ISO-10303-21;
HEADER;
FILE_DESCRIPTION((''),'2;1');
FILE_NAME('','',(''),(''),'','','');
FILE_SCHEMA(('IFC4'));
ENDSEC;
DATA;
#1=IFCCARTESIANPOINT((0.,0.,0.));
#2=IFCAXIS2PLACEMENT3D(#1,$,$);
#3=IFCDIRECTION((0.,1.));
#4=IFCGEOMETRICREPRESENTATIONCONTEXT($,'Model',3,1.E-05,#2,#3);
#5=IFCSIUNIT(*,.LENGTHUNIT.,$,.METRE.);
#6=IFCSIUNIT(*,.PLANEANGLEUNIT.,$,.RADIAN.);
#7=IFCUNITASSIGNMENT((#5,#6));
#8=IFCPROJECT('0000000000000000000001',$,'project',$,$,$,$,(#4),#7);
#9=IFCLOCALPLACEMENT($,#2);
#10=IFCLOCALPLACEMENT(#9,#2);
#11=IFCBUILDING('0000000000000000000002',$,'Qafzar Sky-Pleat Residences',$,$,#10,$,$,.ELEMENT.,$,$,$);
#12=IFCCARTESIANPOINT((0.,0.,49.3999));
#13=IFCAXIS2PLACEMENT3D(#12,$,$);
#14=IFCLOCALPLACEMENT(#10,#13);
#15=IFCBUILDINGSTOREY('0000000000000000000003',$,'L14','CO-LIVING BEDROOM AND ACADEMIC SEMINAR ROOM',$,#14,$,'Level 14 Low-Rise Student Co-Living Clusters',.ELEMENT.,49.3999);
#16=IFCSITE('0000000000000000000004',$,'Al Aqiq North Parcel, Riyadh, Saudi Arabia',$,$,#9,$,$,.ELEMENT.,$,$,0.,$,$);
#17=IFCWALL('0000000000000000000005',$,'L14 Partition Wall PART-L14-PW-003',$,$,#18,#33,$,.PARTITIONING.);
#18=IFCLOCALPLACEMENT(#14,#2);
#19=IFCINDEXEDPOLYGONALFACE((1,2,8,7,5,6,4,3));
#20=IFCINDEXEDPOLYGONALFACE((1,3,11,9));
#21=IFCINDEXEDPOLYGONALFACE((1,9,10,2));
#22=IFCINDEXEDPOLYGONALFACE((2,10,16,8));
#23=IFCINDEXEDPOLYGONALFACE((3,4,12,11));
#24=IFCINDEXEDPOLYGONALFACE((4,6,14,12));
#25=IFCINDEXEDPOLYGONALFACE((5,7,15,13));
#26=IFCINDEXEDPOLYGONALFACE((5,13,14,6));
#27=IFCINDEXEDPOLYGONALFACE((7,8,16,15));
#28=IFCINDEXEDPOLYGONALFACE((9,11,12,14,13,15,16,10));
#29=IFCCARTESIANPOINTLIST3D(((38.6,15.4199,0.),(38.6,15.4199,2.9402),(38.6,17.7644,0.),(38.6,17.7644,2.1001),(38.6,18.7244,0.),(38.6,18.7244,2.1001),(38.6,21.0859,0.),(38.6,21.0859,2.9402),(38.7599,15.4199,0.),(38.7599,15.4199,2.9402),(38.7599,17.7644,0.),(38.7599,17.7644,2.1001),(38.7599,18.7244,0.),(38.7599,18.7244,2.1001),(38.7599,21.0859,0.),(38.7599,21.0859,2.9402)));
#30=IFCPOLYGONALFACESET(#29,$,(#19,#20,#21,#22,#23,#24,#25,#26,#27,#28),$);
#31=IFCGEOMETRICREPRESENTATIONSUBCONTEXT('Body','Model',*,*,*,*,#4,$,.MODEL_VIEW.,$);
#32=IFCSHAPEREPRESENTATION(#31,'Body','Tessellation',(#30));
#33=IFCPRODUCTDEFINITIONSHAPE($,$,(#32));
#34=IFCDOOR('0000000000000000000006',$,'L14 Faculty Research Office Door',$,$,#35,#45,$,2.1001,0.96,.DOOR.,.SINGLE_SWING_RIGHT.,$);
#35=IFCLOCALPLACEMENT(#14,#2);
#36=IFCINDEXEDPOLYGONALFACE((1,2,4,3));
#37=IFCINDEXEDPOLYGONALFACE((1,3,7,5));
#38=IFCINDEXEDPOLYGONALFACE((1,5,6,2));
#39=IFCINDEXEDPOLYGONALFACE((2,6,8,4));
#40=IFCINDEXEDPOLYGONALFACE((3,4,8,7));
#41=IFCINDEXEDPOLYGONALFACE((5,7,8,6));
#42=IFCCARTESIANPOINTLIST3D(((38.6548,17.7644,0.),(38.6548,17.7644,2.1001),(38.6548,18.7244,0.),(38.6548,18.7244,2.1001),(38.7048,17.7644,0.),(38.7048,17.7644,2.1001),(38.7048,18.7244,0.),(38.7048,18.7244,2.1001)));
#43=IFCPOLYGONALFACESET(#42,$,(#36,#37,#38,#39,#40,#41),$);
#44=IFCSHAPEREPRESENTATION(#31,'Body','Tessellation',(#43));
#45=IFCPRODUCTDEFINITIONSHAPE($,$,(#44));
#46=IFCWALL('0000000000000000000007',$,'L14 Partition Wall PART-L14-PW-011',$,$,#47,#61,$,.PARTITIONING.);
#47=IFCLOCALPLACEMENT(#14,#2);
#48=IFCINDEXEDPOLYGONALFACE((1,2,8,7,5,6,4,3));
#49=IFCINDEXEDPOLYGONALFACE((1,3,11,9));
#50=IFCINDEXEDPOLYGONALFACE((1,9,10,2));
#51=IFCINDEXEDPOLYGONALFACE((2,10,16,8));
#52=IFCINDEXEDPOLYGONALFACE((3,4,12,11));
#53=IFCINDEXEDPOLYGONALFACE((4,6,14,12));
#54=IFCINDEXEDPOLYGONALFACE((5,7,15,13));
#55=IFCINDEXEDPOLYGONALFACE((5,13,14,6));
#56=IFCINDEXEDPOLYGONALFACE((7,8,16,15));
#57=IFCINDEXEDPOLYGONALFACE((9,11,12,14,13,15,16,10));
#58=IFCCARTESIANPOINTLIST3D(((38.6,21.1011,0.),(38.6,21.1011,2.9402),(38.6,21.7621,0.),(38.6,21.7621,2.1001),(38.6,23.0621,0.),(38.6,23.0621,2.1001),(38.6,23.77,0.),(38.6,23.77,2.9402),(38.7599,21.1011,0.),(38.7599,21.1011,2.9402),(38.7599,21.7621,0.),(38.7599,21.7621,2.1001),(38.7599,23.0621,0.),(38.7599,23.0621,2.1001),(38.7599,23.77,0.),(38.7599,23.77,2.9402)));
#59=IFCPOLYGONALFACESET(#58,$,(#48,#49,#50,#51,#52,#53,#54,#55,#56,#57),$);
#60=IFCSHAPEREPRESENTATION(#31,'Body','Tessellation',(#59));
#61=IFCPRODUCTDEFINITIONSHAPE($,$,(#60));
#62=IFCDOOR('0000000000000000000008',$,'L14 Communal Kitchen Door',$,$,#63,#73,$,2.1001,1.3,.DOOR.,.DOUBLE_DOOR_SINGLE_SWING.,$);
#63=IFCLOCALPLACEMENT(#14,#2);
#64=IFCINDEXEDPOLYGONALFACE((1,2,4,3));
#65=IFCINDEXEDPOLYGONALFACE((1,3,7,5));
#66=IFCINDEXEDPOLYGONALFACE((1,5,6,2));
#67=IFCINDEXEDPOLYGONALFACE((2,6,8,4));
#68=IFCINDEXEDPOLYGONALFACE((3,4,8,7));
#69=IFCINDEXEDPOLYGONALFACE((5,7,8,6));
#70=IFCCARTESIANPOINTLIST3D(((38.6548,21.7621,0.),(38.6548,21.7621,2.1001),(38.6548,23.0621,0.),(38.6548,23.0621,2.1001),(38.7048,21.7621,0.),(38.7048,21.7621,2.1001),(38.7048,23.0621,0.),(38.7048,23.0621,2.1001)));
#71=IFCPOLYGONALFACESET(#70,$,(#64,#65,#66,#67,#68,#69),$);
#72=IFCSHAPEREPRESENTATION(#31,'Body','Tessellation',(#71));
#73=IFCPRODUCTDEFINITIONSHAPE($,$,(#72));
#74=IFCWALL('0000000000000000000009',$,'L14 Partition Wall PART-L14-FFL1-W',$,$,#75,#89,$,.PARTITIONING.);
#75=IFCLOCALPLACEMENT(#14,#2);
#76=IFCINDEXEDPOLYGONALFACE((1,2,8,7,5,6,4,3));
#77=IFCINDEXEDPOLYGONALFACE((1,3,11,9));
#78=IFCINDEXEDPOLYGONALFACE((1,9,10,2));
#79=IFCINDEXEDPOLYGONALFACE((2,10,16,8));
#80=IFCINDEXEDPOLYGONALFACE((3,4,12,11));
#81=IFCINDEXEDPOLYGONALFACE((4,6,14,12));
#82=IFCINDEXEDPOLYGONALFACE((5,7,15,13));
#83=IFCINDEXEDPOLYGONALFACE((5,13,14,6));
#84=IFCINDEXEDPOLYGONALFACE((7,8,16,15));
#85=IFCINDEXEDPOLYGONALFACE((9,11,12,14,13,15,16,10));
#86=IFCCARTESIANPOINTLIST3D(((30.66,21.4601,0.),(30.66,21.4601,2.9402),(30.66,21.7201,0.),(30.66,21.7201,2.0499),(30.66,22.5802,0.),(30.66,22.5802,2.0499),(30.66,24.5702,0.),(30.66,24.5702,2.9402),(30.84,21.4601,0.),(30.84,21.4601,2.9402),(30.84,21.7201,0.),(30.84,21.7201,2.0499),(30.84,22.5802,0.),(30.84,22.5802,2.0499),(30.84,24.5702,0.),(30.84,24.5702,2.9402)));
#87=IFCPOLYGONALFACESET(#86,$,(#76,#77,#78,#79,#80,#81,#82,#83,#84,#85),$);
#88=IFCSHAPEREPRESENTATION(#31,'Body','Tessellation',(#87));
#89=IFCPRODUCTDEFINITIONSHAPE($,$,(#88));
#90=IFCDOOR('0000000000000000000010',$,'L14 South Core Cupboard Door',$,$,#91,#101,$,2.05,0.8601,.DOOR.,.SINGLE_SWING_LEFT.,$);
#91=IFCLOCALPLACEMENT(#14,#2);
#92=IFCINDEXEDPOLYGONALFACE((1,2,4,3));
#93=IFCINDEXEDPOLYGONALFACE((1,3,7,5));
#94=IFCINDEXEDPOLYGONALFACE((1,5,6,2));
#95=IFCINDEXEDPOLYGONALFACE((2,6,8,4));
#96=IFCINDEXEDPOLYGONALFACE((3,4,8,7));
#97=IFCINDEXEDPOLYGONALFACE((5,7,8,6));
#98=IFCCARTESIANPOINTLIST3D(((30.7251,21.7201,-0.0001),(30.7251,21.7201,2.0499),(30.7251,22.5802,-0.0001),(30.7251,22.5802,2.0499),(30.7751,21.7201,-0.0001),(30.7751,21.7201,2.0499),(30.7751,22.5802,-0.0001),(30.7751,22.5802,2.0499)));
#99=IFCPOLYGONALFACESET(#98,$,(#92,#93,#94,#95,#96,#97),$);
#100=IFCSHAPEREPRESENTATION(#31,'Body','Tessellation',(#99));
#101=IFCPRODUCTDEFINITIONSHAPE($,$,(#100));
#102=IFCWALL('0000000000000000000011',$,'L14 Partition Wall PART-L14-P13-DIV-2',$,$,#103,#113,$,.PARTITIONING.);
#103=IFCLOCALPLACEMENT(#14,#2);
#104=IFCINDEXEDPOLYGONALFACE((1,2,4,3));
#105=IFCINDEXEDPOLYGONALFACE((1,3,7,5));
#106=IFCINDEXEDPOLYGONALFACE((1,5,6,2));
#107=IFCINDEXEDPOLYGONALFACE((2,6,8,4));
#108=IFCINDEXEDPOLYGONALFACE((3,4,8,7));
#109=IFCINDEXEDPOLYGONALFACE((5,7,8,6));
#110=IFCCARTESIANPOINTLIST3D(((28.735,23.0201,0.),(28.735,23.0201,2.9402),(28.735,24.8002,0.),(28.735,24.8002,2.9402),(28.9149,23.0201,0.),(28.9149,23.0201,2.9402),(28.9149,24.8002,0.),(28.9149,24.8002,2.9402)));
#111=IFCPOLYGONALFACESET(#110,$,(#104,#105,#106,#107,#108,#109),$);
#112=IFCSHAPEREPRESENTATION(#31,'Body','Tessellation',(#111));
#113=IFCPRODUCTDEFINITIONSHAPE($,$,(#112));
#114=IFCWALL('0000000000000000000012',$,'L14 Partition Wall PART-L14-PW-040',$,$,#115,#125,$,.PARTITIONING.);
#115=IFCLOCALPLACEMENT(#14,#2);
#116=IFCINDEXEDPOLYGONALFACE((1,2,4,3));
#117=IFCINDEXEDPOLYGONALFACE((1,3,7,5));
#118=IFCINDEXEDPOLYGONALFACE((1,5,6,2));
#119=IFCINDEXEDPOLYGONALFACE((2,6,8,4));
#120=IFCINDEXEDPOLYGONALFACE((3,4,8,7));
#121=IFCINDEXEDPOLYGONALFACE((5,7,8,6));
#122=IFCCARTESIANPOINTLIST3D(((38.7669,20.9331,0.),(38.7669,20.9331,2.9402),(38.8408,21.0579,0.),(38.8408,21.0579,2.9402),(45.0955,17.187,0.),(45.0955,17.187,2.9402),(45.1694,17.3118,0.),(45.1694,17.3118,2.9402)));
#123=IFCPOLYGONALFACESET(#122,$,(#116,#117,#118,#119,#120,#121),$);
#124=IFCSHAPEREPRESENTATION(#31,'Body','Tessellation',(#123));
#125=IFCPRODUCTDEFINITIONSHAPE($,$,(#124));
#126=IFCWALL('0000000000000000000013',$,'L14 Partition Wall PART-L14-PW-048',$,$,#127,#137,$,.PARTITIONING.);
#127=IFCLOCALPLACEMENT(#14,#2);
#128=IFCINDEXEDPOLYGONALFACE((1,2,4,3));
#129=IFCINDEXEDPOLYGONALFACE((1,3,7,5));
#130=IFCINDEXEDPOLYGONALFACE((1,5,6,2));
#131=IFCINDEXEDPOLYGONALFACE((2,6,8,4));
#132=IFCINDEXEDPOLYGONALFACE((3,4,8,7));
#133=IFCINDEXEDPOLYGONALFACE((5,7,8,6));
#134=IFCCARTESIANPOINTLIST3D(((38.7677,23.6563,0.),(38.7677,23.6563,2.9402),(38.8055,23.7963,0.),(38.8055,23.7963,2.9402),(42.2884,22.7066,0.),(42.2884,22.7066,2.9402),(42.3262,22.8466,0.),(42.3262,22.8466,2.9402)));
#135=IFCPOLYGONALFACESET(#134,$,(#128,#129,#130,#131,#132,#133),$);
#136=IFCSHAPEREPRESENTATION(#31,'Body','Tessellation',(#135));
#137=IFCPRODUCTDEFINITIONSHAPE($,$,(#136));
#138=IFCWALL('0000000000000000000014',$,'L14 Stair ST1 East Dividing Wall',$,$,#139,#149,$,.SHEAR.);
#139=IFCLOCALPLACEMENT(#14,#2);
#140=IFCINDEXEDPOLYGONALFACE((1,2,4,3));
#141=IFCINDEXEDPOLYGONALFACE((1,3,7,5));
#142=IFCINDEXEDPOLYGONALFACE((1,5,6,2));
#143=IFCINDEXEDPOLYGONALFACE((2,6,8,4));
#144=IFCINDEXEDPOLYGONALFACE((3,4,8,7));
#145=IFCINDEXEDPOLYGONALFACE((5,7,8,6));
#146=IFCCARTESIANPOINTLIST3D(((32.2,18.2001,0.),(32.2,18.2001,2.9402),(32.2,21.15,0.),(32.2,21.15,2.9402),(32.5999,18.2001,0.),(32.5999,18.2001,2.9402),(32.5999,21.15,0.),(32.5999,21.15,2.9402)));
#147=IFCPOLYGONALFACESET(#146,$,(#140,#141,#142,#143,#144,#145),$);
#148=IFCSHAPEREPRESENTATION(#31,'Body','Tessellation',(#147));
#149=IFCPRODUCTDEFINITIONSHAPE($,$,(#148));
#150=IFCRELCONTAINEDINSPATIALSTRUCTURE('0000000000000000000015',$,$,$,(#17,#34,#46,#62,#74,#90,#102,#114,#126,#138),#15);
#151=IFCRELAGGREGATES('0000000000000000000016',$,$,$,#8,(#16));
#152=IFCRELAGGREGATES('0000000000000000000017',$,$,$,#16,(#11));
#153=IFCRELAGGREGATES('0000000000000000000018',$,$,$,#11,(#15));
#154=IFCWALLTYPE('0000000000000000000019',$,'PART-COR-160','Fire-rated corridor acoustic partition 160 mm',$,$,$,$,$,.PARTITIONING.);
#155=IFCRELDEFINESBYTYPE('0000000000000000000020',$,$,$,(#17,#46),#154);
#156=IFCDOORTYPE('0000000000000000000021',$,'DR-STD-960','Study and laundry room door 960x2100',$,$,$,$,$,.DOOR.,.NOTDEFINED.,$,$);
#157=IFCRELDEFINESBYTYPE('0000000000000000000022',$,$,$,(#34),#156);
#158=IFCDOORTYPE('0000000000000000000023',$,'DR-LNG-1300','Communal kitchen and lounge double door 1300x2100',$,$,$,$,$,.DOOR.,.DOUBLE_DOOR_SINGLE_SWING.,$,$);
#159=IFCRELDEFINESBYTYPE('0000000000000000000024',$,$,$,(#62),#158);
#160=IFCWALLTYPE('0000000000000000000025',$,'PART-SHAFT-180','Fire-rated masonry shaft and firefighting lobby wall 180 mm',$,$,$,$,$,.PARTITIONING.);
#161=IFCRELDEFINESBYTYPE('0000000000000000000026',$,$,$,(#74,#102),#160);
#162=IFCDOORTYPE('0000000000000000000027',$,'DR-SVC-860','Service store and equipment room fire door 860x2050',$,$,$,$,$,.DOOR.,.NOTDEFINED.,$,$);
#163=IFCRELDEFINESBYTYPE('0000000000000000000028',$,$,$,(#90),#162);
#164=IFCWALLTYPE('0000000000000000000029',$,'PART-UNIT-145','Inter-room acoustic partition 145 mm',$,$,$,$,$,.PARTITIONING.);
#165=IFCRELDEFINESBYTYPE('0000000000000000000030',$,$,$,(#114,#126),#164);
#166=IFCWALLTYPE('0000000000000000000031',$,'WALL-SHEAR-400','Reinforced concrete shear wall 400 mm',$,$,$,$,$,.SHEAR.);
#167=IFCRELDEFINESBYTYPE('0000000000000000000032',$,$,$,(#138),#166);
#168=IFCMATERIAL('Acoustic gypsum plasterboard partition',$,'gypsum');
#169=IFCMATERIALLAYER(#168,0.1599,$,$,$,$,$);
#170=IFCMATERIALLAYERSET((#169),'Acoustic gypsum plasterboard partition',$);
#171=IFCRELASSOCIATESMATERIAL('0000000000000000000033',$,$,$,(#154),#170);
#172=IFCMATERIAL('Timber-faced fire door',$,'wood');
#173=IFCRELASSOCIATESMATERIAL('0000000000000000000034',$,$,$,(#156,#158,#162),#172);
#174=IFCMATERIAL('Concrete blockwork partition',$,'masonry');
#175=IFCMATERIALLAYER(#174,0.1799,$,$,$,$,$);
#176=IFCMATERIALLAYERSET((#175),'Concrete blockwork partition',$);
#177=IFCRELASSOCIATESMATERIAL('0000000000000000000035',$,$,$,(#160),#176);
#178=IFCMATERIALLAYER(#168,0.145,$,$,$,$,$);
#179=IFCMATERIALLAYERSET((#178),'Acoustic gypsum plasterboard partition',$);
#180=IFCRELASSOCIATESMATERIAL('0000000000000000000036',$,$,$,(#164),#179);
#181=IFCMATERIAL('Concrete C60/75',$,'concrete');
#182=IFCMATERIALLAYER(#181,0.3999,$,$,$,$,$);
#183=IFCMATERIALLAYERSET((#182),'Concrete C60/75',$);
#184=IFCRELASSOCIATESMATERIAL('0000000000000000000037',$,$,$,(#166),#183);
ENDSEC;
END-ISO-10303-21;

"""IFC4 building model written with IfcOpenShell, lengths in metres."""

from ifc_helpers import new_model, si_unit, direction, frame, frame_2d, origin, place, context, subcontext, project, spatial, rectangle, extrude, source, transform, mapped, material, layer, layer_set, type_object, element, fill, save


model = new_model("IFC4")

# Units and contexts
model_context = context("Model", 3, precision=1e-05, world=origin(), true_north=direction((0.0, 1.0)))
body_context = subcontext(model_context, "Body", "Model", "MODEL_VIEW")
ifc_project = project(units=[si_unit("LENGTHUNIT", "METRE"), si_unit("PLANEANGLEUNIT", "RADIAN")], contexts=[model_context])

# Site, building, storey
site_placement = place(None, origin())
site = spatial("IfcSite", under=ifc_project, at=site_placement, Name="Al Aqiq North Parcel, Riyadh, Saudi Arabia", CompositionType="ELEMENT", RefElevation=0.0)
building_placement = place(site_placement, origin())
building = spatial("IfcBuilding", under=site, at=building_placement, Name="Qafzar Sky-Pleat Residences", CompositionType="ELEMENT")
storey_placement = place(building_placement, frame((0.0, 0.0, 49.3999)))
storey = spatial("IfcBuildingStorey", under=building, at=storey_placement, Name="L14", Description="CO-LIVING BEDROOM AND ACADEMIC SEMINAR ROOM", LongName="Level 14 Low-Rise Student Co-Living Clusters", CompositionType="ELEMENT", Elevation=49.3999)

# Walls, openings, doors
ifc_material_1 = material(Name="Acoustic gypsum plasterboard partition", Category="gypsum")
ifc_layer_1 = layer(ifc_material_1, 0.1599)
ifc_layer_set_1 = layer_set([ifc_layer_1], Name="Acoustic gypsum plasterboard partition")
wall_type_1 = type_object("IfcWallType", Name="PART-COR-160", Description="Fire-rated corridor acoustic partition 160 mm", PredefinedType="PARTITIONING", material=ifc_layer_set_1)
wall_1_placement = place(storey_placement, frame((38.6799, 21.0859, 0.0), z_axis=(0.0, 0.0, 1.0), x_axis=(0.0, -1.0, 0.0)))
wall_1 = element("IfcWall", 1, at=wall_1_placement, inside=storey, type_object=wall_type_1, Name="L14 Partition Wall PART-L14-PW-003", PredefinedType="PARTITIONING", context=body_context, shape_type="SweptSolid", body=[
    extrude(rectangle(XDim=5.666, YDim=0.1599, at=frame_2d((2.833, 0.0))), origin(), (0.0, 0.0, 1.0), 2.9402),
])
opening_1_placement = place(wall_1_placement, frame((2.3616, 0.0, 0.0)))
opening_1 = element("IfcOpeningElement", 2, at=opening_1_placement, cuts=wall_1, PredefinedType="OPENING", context=body_context, shape_type="SweptSolid", body=[
    extrude(rectangle(XDim=0.96, YDim=2.1001, at=frame_2d((0.48, 1.05))), frame((0.0, 0.0898, 0.0), z_axis=(0.0, -1.0, 0.0), x_axis=(1.0, 0.0, 0.0)), (0.0, 0.0, 1.0), 0.1799),
])
ifc_material_2 = material(Name="Timber-faced fire door", Category="wood")
door_type_1 = type_object("IfcDoorType", Name="DR-STD-960", Description="Study and laundry room door 960x2100", OperationType="NOTDEFINED", PredefinedType="DOOR", material=ifc_material_2)
shared_shape_1 = source(origin(), body_context, "Body", "SweptSolid", [
    extrude(rectangle(XDim=0.96, YDim=2.1001, at=frame_2d((0.48, 1.05))), frame((0.0, 0.0249, 0.0), z_axis=(0.0, -1.0, 0.0), x_axis=(1.0, 0.0, 0.0)), (0.0, 0.0, 1.0), 0.05),
])
door_1_placement = place(opening_1_placement, origin())
door_1 = element("IfcDoor", 3, at=door_1_placement, inside=storey, type_object=door_type_1, Name="L14 Faculty Research Office Door", OperationType="SINGLE_SWING_RIGHT", OverallHeight=2.1001, OverallWidth=0.96, PredefinedType="DOOR", context=body_context, shape_type="MappedRepresentation", body=[
    mapped(shared_shape_1, transform((0.0, 0.0, 0.0), x_axis=(1.0, 0.0, 0.0), y_axis=(0.0, 1.0, 0.0), z_axis=(0.0, 0.0, 1.0), scale=1.0)),
])
fill(opening_1, door_1)
wall_2_placement = place(storey_placement, frame((38.6799, 23.77, 0.0), z_axis=(0.0, 0.0, 1.0), x_axis=(0.0, -1.0, 0.0)))
wall_2 = element("IfcWall", 4, at=wall_2_placement, inside=storey, type_object=wall_type_1, Name="L14 Partition Wall PART-L14-PW-011", PredefinedType="PARTITIONING", context=body_context, shape_type="SweptSolid", body=[
    extrude(rectangle(XDim=2.6689, YDim=0.1599, at=frame_2d((1.3345, 0.0))), origin(), (0.0, 0.0, 1.0), 2.9402),
])
opening_2_placement = place(wall_2_placement, frame((0.708, 0.0, 0.0)))
opening_2 = element("IfcOpeningElement", 5, at=opening_2_placement, cuts=wall_2, PredefinedType="OPENING", context=body_context, shape_type="SweptSolid", body=[
    extrude(rectangle(XDim=1.3, YDim=2.1001, at=frame_2d((0.6499, 1.05))), frame((0.0, 0.0898, 0.0), z_axis=(0.0, -1.0, 0.0), x_axis=(1.0, 0.0, 0.0)), (0.0, 0.0, 1.0), 0.1799),
])
door_type_2 = type_object("IfcDoorType", Name="DR-LNG-1300", Description="Communal kitchen and lounge double door 1300x2100", OperationType="DOUBLE_DOOR_SINGLE_SWING", PredefinedType="DOOR", material=ifc_material_2)
shared_shape_2 = source(origin(), body_context, "Body", "SweptSolid", [
    extrude(rectangle(XDim=1.3, YDim=2.1001, at=frame_2d((0.6499, 1.05))), frame((0.0, 0.0249, 0.0), z_axis=(0.0, -1.0, 0.0), x_axis=(1.0, 0.0, 0.0)), (0.0, 0.0, 1.0), 0.05),
])
door_2_placement = place(opening_2_placement, origin())
door_2 = element("IfcDoor", 6, at=door_2_placement, inside=storey, type_object=door_type_2, Name="L14 Communal Kitchen Door", OperationType="DOUBLE_DOOR_SINGLE_SWING", OverallHeight=2.1001, OverallWidth=1.3, PredefinedType="DOOR", context=body_context, shape_type="MappedRepresentation", body=[
    mapped(shared_shape_2, transform((0.0, 0.0, 0.0), x_axis=(1.0, 0.0, 0.0), y_axis=(0.0, 1.0, 0.0), z_axis=(0.0, 0.0, 1.0), scale=1.0)),
])
fill(opening_2, door_2)
ifc_material_3 = material(Name="Concrete blockwork partition", Category="masonry")
ifc_layer_2 = layer(ifc_material_3, 0.1799)
ifc_layer_set_2 = layer_set([ifc_layer_2], Name="Concrete blockwork partition")
wall_type_2 = type_object("IfcWallType", Name="PART-SHAFT-180", Description="Fire-rated masonry shaft and firefighting lobby wall 180 mm", PredefinedType="PARTITIONING", material=ifc_layer_set_2)
wall_3_placement = place(storey_placement, frame((30.75, 21.46, 0.0), z_axis=(0.0, 0.0, 1.0), x_axis=(0.0, 1.0, 0.0)))
wall_3 = element("IfcWall", 7, at=wall_3_placement, inside=storey, type_object=wall_type_2, Name="L14 Partition Wall PART-L14-FFL1-W", PredefinedType="PARTITIONING", context=body_context, shape_type="SweptSolid", body=[
    extrude(rectangle(XDim=3.1101, YDim=0.1799, at=frame_2d((1.5552, 0.0))), origin(), (0.0, 0.0, 1.0), 2.9402),
])
opening_3_placement = place(wall_3_placement, frame((0.26, 0.0, 0.0)))
opening_3 = element("IfcOpeningElement", 8, at=opening_3_placement, cuts=wall_3, PredefinedType="OPENING", context=body_context, shape_type="SweptSolid", body=[
    extrude(rectangle(XDim=0.8601, YDim=2.05, at=frame_2d((0.4302, 1.0249))), frame((0.0, 0.1001, 0.0), z_axis=(0.0, -1.0, 0.0), x_axis=(1.0, 0.0, 0.0)), (0.0, 0.0, 1.0), 0.2),
])
door_type_3 = type_object("IfcDoorType", Name="DR-SVC-860", Description="Service store and equipment room fire door 860x2050", OperationType="NOTDEFINED", PredefinedType="DOOR", material=ifc_material_2)
shared_shape_3 = source(origin(), body_context, "Body", "SweptSolid", [
    extrude(rectangle(XDim=0.8601, YDim=2.05, at=frame_2d((0.4302, 1.0249))), frame((0.0, 0.0249, 0.0), z_axis=(0.0, -1.0, 0.0), x_axis=(1.0, 0.0, 0.0)), (0.0, 0.0, 1.0), 0.05),
])
door_3_placement = place(opening_3_placement, origin())
door_3 = element("IfcDoor", 9, at=door_3_placement, inside=storey, type_object=door_type_3, Name="L14 South Core Cupboard Door", OperationType="SINGLE_SWING_LEFT", OverallHeight=2.05, OverallWidth=0.8601, PredefinedType="DOOR", context=body_context, shape_type="MappedRepresentation", body=[
    mapped(shared_shape_3, transform((0.0, 0.0, 0.0), x_axis=(1.0, 0.0, 0.0), y_axis=(0.0, 1.0, 0.0), z_axis=(0.0, 0.0, 1.0), scale=1.0)),
])
fill(opening_3, door_3)

# Walls
wall_4_placement = place(storey_placement, frame((28.825, 23.02, 0.0), z_axis=(0.0, 0.0, 1.0), x_axis=(0.0, 1.0, 0.0)))
element("IfcWall", 10, at=wall_4_placement, inside=storey, type_object=wall_type_2, Name="L14 Partition Wall PART-L14-P13-DIV-2", PredefinedType="PARTITIONING", context=body_context, shape_type="SweptSolid", body=[
    extrude(rectangle(XDim=1.78, YDim=0.1799, at=frame_2d((0.8901, 0.0))), origin(), (0.0, 0.0, 1.0), 2.9402),
])
ifc_layer_3 = layer(ifc_material_1, 0.145)
ifc_layer_set_3 = layer_set([ifc_layer_3], Name="Acoustic gypsum plasterboard partition")
wall_type_3 = type_object("IfcWallType", Name="PART-UNIT-145", Description="Inter-room acoustic partition 145 mm", PredefinedType="PARTITIONING", material=ifc_layer_set_3)
wall_5_placement = place(storey_placement, frame((38.8037, 20.9956, 0.0), z_axis=(0.0, 0.0, 1.0), x_axis=(0.860542, -0.50938, 0.0)))
element("IfcWall", 11, at=wall_5_placement, inside=storey, type_object=wall_type_3, Name="L14 Partition Wall PART-L14-PW-040", PredefinedType="PARTITIONING", context=body_context, shape_type="SweptSolid", body=[
    extrude(rectangle(XDim=7.3542, YDim=0.145, at=frame_2d((3.6772, 0.0))), origin(), (0.0, 0.0, 1.0), 2.9402),
])
wall_6_placement = place(storey_placement, frame((38.7866, 23.7263, 0.0), z_axis=(0.0, 0.0, 1.0), x_axis=(0.965491, -0.260437, 0.0)))
element("IfcWall", 12, at=wall_6_placement, inside=storey, type_object=wall_type_3, Name="L14 Partition Wall PART-L14-PW-048", PredefinedType="PARTITIONING", context=body_context, shape_type="SweptSolid", body=[
    extrude(rectangle(XDim=3.6465, YDim=0.145, at=frame_2d((1.8232, 0.0))), origin(), (0.0, 0.0, 1.0), 2.9402),
])
ifc_material_4 = material(Name="Concrete C60/75", Category="concrete")
ifc_layer_4 = layer(ifc_material_4, 0.3999)
ifc_layer_set_4 = layer_set([ifc_layer_4], Name="Concrete C60/75")
wall_type_4 = type_object("IfcWallType", Name="WALL-SHEAR-400", Description="Reinforced concrete shear wall 400 mm", PredefinedType="SHEAR", material=ifc_layer_set_4)
wall_7_placement = place(storey_placement, frame((32.3999, 18.2, 0.0), z_axis=(0.0, 0.0, 1.0), x_axis=(0.0, 1.0, 0.0)))
element("IfcWall", 13, at=wall_7_placement, inside=storey, type_object=wall_type_4, Name="L14 Stair ST1 East Dividing Wall", PredefinedType="SHEAR", context=body_context, shape_type="SweptSolid", body=[
    extrude(rectangle(XDim=2.95, YDim=0.3999, at=frame_2d((1.4751, 0.0))), origin(), (0.0, 0.0, 1.0), 2.9402),
])

save(model, "model.ifc")
